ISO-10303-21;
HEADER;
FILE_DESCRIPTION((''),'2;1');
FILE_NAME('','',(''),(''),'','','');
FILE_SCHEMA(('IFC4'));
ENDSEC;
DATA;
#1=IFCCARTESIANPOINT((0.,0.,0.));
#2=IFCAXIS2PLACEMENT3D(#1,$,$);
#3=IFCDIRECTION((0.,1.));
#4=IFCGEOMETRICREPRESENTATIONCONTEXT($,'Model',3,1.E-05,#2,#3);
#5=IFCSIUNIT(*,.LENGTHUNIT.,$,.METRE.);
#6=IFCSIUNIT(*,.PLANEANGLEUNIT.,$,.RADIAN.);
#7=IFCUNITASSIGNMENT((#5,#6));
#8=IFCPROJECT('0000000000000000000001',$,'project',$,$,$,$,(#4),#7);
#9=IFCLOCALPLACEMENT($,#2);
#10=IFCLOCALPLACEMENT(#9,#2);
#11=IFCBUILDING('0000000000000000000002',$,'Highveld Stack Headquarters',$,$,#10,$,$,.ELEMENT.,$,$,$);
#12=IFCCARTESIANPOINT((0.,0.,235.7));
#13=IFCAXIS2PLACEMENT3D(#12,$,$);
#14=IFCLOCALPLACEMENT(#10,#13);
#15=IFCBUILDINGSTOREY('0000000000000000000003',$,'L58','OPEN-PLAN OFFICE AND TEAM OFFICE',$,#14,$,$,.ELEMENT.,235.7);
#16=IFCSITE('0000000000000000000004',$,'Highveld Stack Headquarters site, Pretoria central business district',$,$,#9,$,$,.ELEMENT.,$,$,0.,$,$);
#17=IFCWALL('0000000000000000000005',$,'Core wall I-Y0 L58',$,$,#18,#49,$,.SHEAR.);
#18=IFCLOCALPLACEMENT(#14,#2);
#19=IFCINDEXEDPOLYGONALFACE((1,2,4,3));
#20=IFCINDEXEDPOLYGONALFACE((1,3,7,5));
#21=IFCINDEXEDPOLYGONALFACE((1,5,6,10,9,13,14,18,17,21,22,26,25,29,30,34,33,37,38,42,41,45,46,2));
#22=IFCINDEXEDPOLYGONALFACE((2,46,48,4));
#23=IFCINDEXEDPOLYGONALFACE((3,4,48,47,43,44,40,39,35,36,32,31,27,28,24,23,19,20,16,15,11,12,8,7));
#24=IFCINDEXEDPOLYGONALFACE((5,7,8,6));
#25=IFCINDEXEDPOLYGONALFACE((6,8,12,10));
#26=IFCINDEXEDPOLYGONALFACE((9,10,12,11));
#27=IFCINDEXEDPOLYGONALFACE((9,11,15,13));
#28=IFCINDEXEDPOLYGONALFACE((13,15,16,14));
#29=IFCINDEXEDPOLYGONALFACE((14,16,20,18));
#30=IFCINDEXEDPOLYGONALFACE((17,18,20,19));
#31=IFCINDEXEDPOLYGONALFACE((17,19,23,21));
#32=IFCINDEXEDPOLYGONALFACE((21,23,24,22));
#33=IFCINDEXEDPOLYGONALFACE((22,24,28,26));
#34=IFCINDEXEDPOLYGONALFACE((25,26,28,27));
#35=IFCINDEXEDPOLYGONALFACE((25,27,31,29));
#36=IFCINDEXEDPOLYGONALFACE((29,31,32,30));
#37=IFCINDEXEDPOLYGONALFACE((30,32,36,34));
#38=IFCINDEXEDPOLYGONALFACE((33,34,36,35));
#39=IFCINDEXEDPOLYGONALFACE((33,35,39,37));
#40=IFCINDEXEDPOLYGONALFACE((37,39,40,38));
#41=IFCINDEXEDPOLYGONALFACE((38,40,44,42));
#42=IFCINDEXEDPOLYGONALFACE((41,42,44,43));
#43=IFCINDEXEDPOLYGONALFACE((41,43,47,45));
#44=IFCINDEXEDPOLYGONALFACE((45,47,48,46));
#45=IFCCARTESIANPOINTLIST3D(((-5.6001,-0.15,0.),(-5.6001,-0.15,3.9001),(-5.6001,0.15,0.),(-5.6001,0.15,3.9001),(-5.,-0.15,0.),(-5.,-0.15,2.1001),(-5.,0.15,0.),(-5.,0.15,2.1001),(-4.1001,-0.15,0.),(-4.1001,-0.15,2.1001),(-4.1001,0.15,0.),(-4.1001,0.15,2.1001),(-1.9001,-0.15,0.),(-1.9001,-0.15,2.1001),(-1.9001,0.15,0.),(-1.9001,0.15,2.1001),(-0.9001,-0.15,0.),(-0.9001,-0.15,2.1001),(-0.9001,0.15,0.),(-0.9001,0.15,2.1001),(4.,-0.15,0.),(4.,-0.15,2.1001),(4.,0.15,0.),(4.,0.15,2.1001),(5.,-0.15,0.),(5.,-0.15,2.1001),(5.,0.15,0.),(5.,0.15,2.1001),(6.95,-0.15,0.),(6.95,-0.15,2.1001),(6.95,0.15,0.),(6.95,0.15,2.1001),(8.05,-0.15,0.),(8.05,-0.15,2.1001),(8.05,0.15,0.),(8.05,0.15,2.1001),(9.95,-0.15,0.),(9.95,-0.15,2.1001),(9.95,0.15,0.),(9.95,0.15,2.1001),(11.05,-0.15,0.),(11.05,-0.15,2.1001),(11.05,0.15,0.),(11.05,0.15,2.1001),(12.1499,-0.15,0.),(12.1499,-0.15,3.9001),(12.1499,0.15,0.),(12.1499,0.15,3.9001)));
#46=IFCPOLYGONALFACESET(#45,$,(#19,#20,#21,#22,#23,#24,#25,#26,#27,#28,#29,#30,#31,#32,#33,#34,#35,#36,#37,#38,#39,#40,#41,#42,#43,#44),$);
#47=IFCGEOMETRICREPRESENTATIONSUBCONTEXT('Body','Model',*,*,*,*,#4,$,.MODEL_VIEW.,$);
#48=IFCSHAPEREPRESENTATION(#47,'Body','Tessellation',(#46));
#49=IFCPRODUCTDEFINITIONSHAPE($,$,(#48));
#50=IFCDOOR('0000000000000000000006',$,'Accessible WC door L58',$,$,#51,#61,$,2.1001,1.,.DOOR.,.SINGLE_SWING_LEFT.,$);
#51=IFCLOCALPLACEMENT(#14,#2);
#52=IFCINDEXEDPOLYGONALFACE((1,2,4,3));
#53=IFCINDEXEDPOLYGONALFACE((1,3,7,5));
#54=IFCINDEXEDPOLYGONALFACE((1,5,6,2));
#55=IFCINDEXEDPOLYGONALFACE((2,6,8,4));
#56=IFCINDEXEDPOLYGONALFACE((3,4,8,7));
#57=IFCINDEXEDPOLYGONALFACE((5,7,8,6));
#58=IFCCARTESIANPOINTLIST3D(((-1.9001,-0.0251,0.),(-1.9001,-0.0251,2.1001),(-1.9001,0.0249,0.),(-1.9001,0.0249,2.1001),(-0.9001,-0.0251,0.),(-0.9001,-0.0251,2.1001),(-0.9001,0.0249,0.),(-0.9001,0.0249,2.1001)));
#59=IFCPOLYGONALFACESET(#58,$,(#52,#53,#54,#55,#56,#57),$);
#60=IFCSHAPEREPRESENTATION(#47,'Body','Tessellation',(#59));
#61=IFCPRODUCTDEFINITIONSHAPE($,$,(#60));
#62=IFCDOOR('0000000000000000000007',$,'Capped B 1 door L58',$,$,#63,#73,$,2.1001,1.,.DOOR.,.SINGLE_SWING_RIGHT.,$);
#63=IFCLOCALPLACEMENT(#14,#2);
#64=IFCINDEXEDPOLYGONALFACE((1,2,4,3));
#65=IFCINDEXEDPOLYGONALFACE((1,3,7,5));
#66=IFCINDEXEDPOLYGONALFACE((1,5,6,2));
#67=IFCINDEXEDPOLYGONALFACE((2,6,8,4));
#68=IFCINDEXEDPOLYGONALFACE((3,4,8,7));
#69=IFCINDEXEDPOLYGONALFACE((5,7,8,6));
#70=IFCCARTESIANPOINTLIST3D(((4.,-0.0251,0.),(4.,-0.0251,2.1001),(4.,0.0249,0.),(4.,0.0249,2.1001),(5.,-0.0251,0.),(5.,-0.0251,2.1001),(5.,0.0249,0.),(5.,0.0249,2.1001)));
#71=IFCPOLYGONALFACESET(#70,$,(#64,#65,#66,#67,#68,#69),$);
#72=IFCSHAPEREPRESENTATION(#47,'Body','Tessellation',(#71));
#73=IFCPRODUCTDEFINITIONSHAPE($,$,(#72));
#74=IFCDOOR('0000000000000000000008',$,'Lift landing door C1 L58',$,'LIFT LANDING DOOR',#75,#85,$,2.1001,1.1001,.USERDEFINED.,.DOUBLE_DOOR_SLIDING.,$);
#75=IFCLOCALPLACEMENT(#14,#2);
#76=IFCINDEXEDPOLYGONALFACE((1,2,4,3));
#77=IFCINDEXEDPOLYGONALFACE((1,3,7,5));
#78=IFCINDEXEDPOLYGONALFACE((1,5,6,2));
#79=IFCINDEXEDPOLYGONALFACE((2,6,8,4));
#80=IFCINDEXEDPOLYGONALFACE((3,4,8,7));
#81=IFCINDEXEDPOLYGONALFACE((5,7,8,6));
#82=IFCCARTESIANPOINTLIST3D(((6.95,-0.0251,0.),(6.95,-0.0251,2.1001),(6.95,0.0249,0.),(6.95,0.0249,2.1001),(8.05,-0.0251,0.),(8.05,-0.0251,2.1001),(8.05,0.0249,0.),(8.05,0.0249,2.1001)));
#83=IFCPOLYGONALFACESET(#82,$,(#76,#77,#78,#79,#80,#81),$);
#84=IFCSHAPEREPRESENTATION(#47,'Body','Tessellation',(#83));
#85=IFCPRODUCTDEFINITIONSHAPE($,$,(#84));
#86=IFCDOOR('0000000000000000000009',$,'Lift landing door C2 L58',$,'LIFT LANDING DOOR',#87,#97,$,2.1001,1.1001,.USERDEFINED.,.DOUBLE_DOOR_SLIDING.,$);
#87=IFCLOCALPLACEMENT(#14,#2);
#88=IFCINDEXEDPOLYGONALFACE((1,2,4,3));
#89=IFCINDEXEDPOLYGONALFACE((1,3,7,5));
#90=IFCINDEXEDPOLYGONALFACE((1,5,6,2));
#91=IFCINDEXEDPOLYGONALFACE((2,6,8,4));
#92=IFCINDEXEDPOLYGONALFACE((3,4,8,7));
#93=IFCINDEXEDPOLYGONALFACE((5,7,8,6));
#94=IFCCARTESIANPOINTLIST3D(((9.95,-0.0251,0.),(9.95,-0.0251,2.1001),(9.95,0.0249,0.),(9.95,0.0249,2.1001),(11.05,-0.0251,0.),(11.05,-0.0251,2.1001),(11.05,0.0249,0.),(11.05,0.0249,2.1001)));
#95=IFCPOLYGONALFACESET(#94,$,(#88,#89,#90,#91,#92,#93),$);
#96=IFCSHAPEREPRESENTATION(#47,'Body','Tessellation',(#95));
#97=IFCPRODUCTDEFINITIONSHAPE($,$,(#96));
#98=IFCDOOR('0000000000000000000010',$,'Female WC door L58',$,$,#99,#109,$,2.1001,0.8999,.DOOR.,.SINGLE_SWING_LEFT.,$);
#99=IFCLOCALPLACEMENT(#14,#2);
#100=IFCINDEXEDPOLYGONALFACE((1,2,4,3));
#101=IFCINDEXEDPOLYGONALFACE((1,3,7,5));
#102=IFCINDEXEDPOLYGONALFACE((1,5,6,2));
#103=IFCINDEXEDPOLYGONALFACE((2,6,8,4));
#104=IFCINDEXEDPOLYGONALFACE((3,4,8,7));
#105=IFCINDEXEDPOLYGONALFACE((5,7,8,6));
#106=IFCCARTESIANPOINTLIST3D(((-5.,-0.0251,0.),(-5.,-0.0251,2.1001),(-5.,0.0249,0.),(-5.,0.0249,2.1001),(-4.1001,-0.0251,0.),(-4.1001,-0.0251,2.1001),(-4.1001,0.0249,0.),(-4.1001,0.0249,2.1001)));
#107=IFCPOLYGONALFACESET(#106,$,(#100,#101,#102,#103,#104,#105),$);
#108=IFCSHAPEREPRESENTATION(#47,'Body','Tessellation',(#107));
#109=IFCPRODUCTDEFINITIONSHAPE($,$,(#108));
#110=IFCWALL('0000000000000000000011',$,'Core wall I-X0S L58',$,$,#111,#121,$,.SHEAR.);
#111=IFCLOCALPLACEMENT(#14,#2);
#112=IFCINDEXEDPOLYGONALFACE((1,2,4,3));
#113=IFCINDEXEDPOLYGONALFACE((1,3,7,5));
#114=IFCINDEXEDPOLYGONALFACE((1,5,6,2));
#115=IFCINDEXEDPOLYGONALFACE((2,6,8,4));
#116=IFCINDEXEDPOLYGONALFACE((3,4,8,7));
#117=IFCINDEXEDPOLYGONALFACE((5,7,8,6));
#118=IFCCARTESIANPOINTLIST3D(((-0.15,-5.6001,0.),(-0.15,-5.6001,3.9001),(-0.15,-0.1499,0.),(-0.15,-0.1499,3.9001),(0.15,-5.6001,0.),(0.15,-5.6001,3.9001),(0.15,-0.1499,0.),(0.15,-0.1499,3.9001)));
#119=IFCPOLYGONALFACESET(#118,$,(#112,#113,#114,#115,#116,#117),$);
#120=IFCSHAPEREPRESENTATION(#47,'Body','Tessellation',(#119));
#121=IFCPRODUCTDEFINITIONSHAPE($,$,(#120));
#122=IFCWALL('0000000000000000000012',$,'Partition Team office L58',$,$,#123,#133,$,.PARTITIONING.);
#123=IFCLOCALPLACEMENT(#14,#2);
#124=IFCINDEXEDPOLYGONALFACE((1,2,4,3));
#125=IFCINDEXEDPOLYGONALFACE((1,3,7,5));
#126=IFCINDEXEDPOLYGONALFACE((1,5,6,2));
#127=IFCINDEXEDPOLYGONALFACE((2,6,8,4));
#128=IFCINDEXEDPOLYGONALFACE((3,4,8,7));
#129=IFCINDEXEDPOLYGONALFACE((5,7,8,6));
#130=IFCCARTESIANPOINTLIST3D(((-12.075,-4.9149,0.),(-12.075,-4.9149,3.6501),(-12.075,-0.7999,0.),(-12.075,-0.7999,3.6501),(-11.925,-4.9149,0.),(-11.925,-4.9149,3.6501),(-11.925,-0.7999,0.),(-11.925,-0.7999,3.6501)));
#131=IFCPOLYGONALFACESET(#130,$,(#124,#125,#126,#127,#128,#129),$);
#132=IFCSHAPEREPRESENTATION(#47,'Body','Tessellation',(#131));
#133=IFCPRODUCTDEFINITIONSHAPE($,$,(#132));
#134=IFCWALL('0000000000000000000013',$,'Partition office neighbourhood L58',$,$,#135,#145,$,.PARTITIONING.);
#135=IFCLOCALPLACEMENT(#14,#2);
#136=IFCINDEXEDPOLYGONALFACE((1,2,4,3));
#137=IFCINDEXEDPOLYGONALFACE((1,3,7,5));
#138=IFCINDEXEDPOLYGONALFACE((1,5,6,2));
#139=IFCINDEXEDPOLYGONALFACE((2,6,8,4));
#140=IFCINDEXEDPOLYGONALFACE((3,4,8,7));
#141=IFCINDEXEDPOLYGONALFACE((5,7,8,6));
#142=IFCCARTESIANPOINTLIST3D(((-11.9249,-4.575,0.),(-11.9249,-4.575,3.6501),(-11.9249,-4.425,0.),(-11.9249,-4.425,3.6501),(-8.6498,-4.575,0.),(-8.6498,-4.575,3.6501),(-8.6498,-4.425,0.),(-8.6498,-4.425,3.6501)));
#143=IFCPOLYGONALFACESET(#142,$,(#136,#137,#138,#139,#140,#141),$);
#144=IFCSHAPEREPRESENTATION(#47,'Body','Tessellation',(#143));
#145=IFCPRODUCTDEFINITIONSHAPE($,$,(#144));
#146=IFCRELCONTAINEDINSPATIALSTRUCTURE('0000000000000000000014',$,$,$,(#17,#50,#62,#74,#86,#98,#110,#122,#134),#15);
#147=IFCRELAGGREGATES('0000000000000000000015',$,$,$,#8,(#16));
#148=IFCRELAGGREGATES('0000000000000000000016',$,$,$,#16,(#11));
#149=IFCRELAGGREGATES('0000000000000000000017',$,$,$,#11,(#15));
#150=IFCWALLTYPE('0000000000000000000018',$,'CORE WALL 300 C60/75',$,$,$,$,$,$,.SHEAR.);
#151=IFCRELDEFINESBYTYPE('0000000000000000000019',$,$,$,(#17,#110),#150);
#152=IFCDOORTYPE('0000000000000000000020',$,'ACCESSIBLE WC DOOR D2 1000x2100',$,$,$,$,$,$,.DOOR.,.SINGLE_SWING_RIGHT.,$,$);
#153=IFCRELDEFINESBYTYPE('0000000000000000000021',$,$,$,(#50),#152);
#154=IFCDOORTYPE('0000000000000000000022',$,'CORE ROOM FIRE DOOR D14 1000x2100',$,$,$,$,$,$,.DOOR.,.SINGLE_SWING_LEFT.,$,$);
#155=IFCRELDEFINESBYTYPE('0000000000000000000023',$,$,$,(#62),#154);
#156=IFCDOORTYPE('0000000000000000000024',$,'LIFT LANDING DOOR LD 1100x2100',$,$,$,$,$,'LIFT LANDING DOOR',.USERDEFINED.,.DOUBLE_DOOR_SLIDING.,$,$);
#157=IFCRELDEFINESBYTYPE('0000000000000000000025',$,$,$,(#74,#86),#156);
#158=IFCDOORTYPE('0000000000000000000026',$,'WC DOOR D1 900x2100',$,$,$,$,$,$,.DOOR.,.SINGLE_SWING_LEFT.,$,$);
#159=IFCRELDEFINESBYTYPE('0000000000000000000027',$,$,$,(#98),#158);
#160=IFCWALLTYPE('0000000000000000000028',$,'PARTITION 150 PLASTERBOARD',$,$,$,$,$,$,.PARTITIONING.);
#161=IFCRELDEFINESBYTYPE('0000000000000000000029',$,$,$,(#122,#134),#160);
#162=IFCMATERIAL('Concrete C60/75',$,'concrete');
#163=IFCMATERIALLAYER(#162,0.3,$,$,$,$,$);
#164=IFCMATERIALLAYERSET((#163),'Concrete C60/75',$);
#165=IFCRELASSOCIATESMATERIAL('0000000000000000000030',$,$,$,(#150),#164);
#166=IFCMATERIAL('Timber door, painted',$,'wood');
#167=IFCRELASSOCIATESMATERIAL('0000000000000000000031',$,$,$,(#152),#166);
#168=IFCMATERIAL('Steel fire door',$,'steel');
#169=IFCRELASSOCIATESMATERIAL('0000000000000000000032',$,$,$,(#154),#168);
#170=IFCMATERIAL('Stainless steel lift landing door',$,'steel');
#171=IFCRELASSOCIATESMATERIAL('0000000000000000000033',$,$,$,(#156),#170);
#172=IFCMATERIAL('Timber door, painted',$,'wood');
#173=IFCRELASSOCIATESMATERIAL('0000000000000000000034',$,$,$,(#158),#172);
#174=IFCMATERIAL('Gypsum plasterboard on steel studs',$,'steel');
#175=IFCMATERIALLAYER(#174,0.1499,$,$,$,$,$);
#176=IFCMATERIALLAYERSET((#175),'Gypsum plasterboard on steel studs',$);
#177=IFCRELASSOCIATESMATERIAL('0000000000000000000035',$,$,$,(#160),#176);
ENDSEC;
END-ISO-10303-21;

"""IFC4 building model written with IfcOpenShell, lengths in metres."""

from ifc_helpers import new_model, si_unit, direction, frame, frame_2d, origin, place, context, subcontext, project, spatial, rectangle, extrude, material, layer, layer_set, type_object, element, fill, save


model = new_model("IFC4")

# Units and contexts
model_context = context("Model", 3, precision=1e-05, world=origin(), true_north=direction((0.0, 1.0)))
body_context = subcontext(model_context, "Body", "Model", "MODEL_VIEW")
ifc_project = project(units=[si_unit("LENGTHUNIT", "METRE"), si_unit("PLANEANGLEUNIT", "RADIAN")], contexts=[model_context])

# Site, building, storey
site_placement = place(None, origin())
site = spatial("IfcSite", under=ifc_project, at=site_placement, Name="Highveld Stack Headquarters site, Pretoria central business district", CompositionType="ELEMENT", RefElevation=0.0)
building_placement = place(site_placement, origin())
building = spatial("IfcBuilding", under=site, at=building_placement, Name="Highveld Stack Headquarters", CompositionType="ELEMENT")
storey_placement = place(building_placement, frame((0.0, 0.0, 235.7)))
storey = spatial("IfcBuildingStorey", under=building, at=storey_placement, Name="L58", Description="OPEN-PLAN OFFICE AND TEAM OFFICE", CompositionType="ELEMENT", Elevation=235.7)

# Wall, openings, doors
ifc_material_1 = material(Name="Concrete C60/75", Category="concrete")
ifc_layer_1 = layer(ifc_material_1, 0.3)
ifc_layer_set_1 = layer_set([ifc_layer_1], Name="Concrete C60/75")
wall_type_1 = type_object("IfcWallType", Name="CORE WALL 300 C60/75", PredefinedType="SHEAR", material=ifc_layer_set_1)
wall_1_placement = place(storey_placement, frame((-5.6001, 0.0, 0.0), z_axis=(0.0, 0.0, 1.0), x_axis=(1.0, 0.0, 0.0)))
wall_1 = element("IfcWall", 1, at=wall_1_placement, inside=storey, type_object=wall_type_1, Name="Core wall I-Y0 L58", PredefinedType="SHEAR", context=body_context, shape_type="SweptSolid", body=[
    extrude(rectangle(XDim=17.75, YDim=0.3, at=frame_2d((8.875, 0.0))), origin(), (0.0, 0.0, 1.0), 3.9001),
])
opening_1_placement = place(wall_1_placement, frame((0.6001, 0.0, 0.0)))
opening_1 = element("IfcOpeningElement", 2, at=opening_1_placement, cuts=wall_1, PredefinedType="OPENING", context=body_context, shape_type="SweptSolid", body=[
    extrude(rectangle(XDim=0.8999, YDim=2.1001, at=frame_2d((0.45, 1.05))), frame((0.0, 0.1599, 0.0), z_axis=(0.0, -1.0, 0.0), x_axis=(1.0, 0.0, 0.0)), (0.0, 0.0, 1.0), 0.3201),
])
opening_2_placement = place(wall_1_placement, frame((3.7, 0.0, 0.0)))
opening_2 = element("IfcOpeningElement", 3, at=opening_2_placement, cuts=wall_1, PredefinedType="OPENING", context=body_context, shape_type="SweptSolid", body=[
    extrude(rectangle(XDim=1.0, YDim=2.1001, at=frame_2d((0.5, 1.05))), frame((0.0, 0.1599, 0.0), z_axis=(0.0, -1.0, 0.0), x_axis=(1.0, 0.0, 0.0)), (0.0, 0.0, 1.0), 0.3201),
])
opening_3_placement = place(wall_1_placement, frame((9.6001, 0.0, 0.0)))
opening_3 = element("IfcOpeningElement", 4, at=opening_3_placement, cuts=wall_1, PredefinedType="OPENING", context=body_context, shape_type="SweptSolid", body=[
    extrude(rectangle(XDim=1.0, YDim=2.1001, at=frame_2d((0.5, 1.05))), frame((0.0, 0.1599, 0.0), z_axis=(0.0, -1.0, 0.0), x_axis=(1.0, 0.0, 0.0)), (0.0, 0.0, 1.0), 0.3201),
])
opening_4_placement = place(wall_1_placement, frame((12.55, 0.0, 0.0)))
opening_4 = element("IfcOpeningElement", 5, at=opening_4_placement, cuts=wall_1, PredefinedType="OPENING", context=body_context, shape_type="SweptSolid", body=[
    extrude(rectangle(XDim=1.1001, YDim=2.1001, at=frame_2d((0.55, 1.05))), frame((0.0, 0.1599, 0.0), z_axis=(0.0, -1.0, 0.0), x_axis=(1.0, 0.0, 0.0)), (0.0, 0.0, 1.0), 0.3201),
])
opening_5_placement = place(wall_1_placement, frame((15.55, 0.0, 0.0)))
opening_5 = element("IfcOpeningElement", 6, at=opening_5_placement, cuts=wall_1, PredefinedType="OPENING", context=body_context, shape_type="SweptSolid", body=[
    extrude(rectangle(XDim=1.1001, YDim=2.1001, at=frame_2d((0.55, 1.05))), frame((0.0, 0.1599, 0.0), z_axis=(0.0, -1.0, 0.0), x_axis=(1.0, 0.0, 0.0)), (0.0, 0.0, 1.0), 0.3201),
])
ifc_material_2 = material(Name="Timber door, painted", Category="wood")
door_type_1 = type_object("IfcDoorType", Name="ACCESSIBLE WC DOOR D2 1000x2100", OperationType="SINGLE_SWING_RIGHT", PredefinedType="DOOR", material=ifc_material_2)
door_1_placement = place(opening_2_placement, origin())
door_1 = element("IfcDoor", 7, at=door_1_placement, inside=storey, type_object=door_type_1, Name="Accessible WC door L58", OperationType="SINGLE_SWING_LEFT", OverallHeight=2.1001, OverallWidth=1.0, PredefinedType="DOOR", context=body_context, shape_type="SweptSolid", body=[
    extrude(rectangle(XDim=1.0, YDim=2.1001, at=frame_2d((0.5, 1.05))), frame((0.0, 0.0249, 0.0), z_axis=(0.0, -1.0, 0.0), x_axis=(1.0, 0.0, 0.0)), (0.0, 0.0, 1.0), 0.05),
])
fill(opening_2, door_1)
ifc_material_3 = material(Name="Steel fire door", Category="steel")
door_type_2 = type_object("IfcDoorType", Name="CORE ROOM FIRE DOOR D14 1000x2100", OperationType="SINGLE_SWING_LEFT", PredefinedType="DOOR", material=ifc_material_3)
door_2_placement = place(opening_3_placement, origin())
door_2 = element("IfcDoor", 8, at=door_2_placement, inside=storey, type_object=door_type_2, Name="Capped B 1 door L58", OperationType="SINGLE_SWING_RIGHT", OverallHeight=2.1001, OverallWidth=1.0, PredefinedType="DOOR", context=body_context, shape_type="SweptSolid", body=[
    extrude(rectangle(XDim=1.0, YDim=2.1001, at=frame_2d((0.5, 1.05))), frame((0.0, 0.0249, 0.0), z_axis=(0.0, -1.0, 0.0), x_axis=(1.0, 0.0, 0.0)), (0.0, 0.0, 1.0), 0.05),
])
fill(opening_3, door_2)
ifc_material_4 = material(Name="Stainless steel lift landing door", Category="steel")
door_type_3 = type_object("IfcDoorType", Name="LIFT LANDING DOOR LD 1100x2100", ElementType="LIFT LANDING DOOR", OperationType="DOUBLE_DOOR_SLIDING", PredefinedType="USERDEFINED", material=ifc_material_4)
door_3_placement = place(opening_4_placement, origin())
door_3 = element("IfcDoor", 9, at=door_3_placement, inside=storey, type_object=door_type_3, Name="Lift landing door C1 L58", ObjectType="LIFT LANDING DOOR", OperationType="DOUBLE_DOOR_SLIDING", OverallHeight=2.1001, OverallWidth=1.1001, PredefinedType="USERDEFINED", context=body_context, shape_type="SweptSolid", body=[
    extrude(rectangle(XDim=1.1001, YDim=2.1001, at=frame_2d((0.55, 1.05))), frame((0.0, 0.0249, 0.0), z_axis=(0.0, -1.0, 0.0), x_axis=(1.0, 0.0, 0.0)), (0.0, 0.0, 1.0), 0.05),
])
fill(opening_4, door_3)
door_4_placement = place(opening_5_placement, origin())
door_4 = element("IfcDoor", 10, at=door_4_placement, inside=storey, type_object=door_type_3, Name="Lift landing door C2 L58", ObjectType="LIFT LANDING DOOR", OperationType="DOUBLE_DOOR_SLIDING", OverallHeight=2.1001, OverallWidth=1.1001, PredefinedType="USERDEFINED", context=body_context, shape_type="SweptSolid", body=[
    extrude(rectangle(XDim=1.1001, YDim=2.1001, at=frame_2d((0.55, 1.05))), frame((0.0, 0.0249, 0.0), z_axis=(0.0, -1.0, 0.0), x_axis=(1.0, 0.0, 0.0)), (0.0, 0.0, 1.0), 0.05),
])
fill(opening_5, door_4)
ifc_material_5 = material(Name="Timber door, painted", Category="wood")
door_type_4 = type_object("IfcDoorType", Name="WC DOOR D1 900x2100", OperationType="SINGLE_SWING_LEFT", PredefinedType="DOOR", material=ifc_material_5)
door_5_placement = place(opening_1_placement, origin())
door_5 = element("IfcDoor", 11, at=door_5_placement, inside=storey, type_object=door_type_4, Name="Female WC door L58", OperationType="SINGLE_SWING_LEFT", OverallHeight=2.1001, OverallWidth=0.8999, PredefinedType="DOOR", context=body_context, shape_type="SweptSolid", body=[
    extrude(rectangle(XDim=0.8999, YDim=2.1001, at=frame_2d((0.45, 1.05))), frame((0.0, 0.0249, 0.0), z_axis=(0.0, -1.0, 0.0), x_axis=(1.0, 0.0, 0.0)), (0.0, 0.0, 1.0), 0.05),
])
fill(opening_1, door_5)

# Walls
wall_2_placement = place(storey_placement, frame((0.0, -5.6001, 0.0), z_axis=(0.0, 0.0, 1.0), x_axis=(0.0, 1.0, 0.0)))
element("IfcWall", 12, at=wall_2_placement, inside=storey, type_object=wall_type_1, Name="Core wall I-X0S L58", PredefinedType="SHEAR", context=body_context, shape_type="SweptSolid", body=[
    extrude(rectangle(XDim=5.4502, YDim=0.3, at=frame_2d((2.7251, 0.0))), origin(), (0.0, 0.0, 1.0), 3.9001),
])
ifc_material_6 = material(Name="Gypsum plasterboard on steel studs", Category="steel")
ifc_layer_2 = layer(ifc_material_6, 0.1499)
ifc_layer_set_2 = layer_set([ifc_layer_2], Name="Gypsum plasterboard on steel studs")
wall_type_2 = type_object("IfcWallType", Name="PARTITION 150 PLASTERBOARD", PredefinedType="PARTITIONING", material=ifc_layer_set_2)
wall_3_placement = place(storey_placement, frame((-12.0, -4.915, 0.0), z_axis=(0.0, 0.0, 1.0), x_axis=(0.0, 1.0, 0.0)))
element("IfcWall", 13, at=wall_3_placement, inside=storey, type_object=wall_type_2, Name="Partition Team office L58", PredefinedType="PARTITIONING", context=body_context, shape_type="SweptSolid", body=[
    extrude(rectangle(XDim=4.115, YDim=0.1499, at=frame_2d((2.0576, 0.0))), origin(), (0.0, 0.0, 1.0), 3.6501),
])
wall_4_placement = place(storey_placement, frame((-11.925, -4.5, 0.0), z_axis=(0.0, 0.0, 1.0), x_axis=(1.0, 0.0, 0.0)))
element("IfcWall", 14, at=wall_4_placement, inside=storey, type_object=wall_type_2, Name="Partition office neighbourhood L58", PredefinedType="PARTITIONING", context=body_context, shape_type="SweptSolid", body=[
    extrude(rectangle(XDim=3.2751, YDim=0.1499, at=frame_2d((1.6377, 0.0))), origin(), (0.0, 0.0, 1.0), 3.6501),
])

save(model, "model.ifc")
